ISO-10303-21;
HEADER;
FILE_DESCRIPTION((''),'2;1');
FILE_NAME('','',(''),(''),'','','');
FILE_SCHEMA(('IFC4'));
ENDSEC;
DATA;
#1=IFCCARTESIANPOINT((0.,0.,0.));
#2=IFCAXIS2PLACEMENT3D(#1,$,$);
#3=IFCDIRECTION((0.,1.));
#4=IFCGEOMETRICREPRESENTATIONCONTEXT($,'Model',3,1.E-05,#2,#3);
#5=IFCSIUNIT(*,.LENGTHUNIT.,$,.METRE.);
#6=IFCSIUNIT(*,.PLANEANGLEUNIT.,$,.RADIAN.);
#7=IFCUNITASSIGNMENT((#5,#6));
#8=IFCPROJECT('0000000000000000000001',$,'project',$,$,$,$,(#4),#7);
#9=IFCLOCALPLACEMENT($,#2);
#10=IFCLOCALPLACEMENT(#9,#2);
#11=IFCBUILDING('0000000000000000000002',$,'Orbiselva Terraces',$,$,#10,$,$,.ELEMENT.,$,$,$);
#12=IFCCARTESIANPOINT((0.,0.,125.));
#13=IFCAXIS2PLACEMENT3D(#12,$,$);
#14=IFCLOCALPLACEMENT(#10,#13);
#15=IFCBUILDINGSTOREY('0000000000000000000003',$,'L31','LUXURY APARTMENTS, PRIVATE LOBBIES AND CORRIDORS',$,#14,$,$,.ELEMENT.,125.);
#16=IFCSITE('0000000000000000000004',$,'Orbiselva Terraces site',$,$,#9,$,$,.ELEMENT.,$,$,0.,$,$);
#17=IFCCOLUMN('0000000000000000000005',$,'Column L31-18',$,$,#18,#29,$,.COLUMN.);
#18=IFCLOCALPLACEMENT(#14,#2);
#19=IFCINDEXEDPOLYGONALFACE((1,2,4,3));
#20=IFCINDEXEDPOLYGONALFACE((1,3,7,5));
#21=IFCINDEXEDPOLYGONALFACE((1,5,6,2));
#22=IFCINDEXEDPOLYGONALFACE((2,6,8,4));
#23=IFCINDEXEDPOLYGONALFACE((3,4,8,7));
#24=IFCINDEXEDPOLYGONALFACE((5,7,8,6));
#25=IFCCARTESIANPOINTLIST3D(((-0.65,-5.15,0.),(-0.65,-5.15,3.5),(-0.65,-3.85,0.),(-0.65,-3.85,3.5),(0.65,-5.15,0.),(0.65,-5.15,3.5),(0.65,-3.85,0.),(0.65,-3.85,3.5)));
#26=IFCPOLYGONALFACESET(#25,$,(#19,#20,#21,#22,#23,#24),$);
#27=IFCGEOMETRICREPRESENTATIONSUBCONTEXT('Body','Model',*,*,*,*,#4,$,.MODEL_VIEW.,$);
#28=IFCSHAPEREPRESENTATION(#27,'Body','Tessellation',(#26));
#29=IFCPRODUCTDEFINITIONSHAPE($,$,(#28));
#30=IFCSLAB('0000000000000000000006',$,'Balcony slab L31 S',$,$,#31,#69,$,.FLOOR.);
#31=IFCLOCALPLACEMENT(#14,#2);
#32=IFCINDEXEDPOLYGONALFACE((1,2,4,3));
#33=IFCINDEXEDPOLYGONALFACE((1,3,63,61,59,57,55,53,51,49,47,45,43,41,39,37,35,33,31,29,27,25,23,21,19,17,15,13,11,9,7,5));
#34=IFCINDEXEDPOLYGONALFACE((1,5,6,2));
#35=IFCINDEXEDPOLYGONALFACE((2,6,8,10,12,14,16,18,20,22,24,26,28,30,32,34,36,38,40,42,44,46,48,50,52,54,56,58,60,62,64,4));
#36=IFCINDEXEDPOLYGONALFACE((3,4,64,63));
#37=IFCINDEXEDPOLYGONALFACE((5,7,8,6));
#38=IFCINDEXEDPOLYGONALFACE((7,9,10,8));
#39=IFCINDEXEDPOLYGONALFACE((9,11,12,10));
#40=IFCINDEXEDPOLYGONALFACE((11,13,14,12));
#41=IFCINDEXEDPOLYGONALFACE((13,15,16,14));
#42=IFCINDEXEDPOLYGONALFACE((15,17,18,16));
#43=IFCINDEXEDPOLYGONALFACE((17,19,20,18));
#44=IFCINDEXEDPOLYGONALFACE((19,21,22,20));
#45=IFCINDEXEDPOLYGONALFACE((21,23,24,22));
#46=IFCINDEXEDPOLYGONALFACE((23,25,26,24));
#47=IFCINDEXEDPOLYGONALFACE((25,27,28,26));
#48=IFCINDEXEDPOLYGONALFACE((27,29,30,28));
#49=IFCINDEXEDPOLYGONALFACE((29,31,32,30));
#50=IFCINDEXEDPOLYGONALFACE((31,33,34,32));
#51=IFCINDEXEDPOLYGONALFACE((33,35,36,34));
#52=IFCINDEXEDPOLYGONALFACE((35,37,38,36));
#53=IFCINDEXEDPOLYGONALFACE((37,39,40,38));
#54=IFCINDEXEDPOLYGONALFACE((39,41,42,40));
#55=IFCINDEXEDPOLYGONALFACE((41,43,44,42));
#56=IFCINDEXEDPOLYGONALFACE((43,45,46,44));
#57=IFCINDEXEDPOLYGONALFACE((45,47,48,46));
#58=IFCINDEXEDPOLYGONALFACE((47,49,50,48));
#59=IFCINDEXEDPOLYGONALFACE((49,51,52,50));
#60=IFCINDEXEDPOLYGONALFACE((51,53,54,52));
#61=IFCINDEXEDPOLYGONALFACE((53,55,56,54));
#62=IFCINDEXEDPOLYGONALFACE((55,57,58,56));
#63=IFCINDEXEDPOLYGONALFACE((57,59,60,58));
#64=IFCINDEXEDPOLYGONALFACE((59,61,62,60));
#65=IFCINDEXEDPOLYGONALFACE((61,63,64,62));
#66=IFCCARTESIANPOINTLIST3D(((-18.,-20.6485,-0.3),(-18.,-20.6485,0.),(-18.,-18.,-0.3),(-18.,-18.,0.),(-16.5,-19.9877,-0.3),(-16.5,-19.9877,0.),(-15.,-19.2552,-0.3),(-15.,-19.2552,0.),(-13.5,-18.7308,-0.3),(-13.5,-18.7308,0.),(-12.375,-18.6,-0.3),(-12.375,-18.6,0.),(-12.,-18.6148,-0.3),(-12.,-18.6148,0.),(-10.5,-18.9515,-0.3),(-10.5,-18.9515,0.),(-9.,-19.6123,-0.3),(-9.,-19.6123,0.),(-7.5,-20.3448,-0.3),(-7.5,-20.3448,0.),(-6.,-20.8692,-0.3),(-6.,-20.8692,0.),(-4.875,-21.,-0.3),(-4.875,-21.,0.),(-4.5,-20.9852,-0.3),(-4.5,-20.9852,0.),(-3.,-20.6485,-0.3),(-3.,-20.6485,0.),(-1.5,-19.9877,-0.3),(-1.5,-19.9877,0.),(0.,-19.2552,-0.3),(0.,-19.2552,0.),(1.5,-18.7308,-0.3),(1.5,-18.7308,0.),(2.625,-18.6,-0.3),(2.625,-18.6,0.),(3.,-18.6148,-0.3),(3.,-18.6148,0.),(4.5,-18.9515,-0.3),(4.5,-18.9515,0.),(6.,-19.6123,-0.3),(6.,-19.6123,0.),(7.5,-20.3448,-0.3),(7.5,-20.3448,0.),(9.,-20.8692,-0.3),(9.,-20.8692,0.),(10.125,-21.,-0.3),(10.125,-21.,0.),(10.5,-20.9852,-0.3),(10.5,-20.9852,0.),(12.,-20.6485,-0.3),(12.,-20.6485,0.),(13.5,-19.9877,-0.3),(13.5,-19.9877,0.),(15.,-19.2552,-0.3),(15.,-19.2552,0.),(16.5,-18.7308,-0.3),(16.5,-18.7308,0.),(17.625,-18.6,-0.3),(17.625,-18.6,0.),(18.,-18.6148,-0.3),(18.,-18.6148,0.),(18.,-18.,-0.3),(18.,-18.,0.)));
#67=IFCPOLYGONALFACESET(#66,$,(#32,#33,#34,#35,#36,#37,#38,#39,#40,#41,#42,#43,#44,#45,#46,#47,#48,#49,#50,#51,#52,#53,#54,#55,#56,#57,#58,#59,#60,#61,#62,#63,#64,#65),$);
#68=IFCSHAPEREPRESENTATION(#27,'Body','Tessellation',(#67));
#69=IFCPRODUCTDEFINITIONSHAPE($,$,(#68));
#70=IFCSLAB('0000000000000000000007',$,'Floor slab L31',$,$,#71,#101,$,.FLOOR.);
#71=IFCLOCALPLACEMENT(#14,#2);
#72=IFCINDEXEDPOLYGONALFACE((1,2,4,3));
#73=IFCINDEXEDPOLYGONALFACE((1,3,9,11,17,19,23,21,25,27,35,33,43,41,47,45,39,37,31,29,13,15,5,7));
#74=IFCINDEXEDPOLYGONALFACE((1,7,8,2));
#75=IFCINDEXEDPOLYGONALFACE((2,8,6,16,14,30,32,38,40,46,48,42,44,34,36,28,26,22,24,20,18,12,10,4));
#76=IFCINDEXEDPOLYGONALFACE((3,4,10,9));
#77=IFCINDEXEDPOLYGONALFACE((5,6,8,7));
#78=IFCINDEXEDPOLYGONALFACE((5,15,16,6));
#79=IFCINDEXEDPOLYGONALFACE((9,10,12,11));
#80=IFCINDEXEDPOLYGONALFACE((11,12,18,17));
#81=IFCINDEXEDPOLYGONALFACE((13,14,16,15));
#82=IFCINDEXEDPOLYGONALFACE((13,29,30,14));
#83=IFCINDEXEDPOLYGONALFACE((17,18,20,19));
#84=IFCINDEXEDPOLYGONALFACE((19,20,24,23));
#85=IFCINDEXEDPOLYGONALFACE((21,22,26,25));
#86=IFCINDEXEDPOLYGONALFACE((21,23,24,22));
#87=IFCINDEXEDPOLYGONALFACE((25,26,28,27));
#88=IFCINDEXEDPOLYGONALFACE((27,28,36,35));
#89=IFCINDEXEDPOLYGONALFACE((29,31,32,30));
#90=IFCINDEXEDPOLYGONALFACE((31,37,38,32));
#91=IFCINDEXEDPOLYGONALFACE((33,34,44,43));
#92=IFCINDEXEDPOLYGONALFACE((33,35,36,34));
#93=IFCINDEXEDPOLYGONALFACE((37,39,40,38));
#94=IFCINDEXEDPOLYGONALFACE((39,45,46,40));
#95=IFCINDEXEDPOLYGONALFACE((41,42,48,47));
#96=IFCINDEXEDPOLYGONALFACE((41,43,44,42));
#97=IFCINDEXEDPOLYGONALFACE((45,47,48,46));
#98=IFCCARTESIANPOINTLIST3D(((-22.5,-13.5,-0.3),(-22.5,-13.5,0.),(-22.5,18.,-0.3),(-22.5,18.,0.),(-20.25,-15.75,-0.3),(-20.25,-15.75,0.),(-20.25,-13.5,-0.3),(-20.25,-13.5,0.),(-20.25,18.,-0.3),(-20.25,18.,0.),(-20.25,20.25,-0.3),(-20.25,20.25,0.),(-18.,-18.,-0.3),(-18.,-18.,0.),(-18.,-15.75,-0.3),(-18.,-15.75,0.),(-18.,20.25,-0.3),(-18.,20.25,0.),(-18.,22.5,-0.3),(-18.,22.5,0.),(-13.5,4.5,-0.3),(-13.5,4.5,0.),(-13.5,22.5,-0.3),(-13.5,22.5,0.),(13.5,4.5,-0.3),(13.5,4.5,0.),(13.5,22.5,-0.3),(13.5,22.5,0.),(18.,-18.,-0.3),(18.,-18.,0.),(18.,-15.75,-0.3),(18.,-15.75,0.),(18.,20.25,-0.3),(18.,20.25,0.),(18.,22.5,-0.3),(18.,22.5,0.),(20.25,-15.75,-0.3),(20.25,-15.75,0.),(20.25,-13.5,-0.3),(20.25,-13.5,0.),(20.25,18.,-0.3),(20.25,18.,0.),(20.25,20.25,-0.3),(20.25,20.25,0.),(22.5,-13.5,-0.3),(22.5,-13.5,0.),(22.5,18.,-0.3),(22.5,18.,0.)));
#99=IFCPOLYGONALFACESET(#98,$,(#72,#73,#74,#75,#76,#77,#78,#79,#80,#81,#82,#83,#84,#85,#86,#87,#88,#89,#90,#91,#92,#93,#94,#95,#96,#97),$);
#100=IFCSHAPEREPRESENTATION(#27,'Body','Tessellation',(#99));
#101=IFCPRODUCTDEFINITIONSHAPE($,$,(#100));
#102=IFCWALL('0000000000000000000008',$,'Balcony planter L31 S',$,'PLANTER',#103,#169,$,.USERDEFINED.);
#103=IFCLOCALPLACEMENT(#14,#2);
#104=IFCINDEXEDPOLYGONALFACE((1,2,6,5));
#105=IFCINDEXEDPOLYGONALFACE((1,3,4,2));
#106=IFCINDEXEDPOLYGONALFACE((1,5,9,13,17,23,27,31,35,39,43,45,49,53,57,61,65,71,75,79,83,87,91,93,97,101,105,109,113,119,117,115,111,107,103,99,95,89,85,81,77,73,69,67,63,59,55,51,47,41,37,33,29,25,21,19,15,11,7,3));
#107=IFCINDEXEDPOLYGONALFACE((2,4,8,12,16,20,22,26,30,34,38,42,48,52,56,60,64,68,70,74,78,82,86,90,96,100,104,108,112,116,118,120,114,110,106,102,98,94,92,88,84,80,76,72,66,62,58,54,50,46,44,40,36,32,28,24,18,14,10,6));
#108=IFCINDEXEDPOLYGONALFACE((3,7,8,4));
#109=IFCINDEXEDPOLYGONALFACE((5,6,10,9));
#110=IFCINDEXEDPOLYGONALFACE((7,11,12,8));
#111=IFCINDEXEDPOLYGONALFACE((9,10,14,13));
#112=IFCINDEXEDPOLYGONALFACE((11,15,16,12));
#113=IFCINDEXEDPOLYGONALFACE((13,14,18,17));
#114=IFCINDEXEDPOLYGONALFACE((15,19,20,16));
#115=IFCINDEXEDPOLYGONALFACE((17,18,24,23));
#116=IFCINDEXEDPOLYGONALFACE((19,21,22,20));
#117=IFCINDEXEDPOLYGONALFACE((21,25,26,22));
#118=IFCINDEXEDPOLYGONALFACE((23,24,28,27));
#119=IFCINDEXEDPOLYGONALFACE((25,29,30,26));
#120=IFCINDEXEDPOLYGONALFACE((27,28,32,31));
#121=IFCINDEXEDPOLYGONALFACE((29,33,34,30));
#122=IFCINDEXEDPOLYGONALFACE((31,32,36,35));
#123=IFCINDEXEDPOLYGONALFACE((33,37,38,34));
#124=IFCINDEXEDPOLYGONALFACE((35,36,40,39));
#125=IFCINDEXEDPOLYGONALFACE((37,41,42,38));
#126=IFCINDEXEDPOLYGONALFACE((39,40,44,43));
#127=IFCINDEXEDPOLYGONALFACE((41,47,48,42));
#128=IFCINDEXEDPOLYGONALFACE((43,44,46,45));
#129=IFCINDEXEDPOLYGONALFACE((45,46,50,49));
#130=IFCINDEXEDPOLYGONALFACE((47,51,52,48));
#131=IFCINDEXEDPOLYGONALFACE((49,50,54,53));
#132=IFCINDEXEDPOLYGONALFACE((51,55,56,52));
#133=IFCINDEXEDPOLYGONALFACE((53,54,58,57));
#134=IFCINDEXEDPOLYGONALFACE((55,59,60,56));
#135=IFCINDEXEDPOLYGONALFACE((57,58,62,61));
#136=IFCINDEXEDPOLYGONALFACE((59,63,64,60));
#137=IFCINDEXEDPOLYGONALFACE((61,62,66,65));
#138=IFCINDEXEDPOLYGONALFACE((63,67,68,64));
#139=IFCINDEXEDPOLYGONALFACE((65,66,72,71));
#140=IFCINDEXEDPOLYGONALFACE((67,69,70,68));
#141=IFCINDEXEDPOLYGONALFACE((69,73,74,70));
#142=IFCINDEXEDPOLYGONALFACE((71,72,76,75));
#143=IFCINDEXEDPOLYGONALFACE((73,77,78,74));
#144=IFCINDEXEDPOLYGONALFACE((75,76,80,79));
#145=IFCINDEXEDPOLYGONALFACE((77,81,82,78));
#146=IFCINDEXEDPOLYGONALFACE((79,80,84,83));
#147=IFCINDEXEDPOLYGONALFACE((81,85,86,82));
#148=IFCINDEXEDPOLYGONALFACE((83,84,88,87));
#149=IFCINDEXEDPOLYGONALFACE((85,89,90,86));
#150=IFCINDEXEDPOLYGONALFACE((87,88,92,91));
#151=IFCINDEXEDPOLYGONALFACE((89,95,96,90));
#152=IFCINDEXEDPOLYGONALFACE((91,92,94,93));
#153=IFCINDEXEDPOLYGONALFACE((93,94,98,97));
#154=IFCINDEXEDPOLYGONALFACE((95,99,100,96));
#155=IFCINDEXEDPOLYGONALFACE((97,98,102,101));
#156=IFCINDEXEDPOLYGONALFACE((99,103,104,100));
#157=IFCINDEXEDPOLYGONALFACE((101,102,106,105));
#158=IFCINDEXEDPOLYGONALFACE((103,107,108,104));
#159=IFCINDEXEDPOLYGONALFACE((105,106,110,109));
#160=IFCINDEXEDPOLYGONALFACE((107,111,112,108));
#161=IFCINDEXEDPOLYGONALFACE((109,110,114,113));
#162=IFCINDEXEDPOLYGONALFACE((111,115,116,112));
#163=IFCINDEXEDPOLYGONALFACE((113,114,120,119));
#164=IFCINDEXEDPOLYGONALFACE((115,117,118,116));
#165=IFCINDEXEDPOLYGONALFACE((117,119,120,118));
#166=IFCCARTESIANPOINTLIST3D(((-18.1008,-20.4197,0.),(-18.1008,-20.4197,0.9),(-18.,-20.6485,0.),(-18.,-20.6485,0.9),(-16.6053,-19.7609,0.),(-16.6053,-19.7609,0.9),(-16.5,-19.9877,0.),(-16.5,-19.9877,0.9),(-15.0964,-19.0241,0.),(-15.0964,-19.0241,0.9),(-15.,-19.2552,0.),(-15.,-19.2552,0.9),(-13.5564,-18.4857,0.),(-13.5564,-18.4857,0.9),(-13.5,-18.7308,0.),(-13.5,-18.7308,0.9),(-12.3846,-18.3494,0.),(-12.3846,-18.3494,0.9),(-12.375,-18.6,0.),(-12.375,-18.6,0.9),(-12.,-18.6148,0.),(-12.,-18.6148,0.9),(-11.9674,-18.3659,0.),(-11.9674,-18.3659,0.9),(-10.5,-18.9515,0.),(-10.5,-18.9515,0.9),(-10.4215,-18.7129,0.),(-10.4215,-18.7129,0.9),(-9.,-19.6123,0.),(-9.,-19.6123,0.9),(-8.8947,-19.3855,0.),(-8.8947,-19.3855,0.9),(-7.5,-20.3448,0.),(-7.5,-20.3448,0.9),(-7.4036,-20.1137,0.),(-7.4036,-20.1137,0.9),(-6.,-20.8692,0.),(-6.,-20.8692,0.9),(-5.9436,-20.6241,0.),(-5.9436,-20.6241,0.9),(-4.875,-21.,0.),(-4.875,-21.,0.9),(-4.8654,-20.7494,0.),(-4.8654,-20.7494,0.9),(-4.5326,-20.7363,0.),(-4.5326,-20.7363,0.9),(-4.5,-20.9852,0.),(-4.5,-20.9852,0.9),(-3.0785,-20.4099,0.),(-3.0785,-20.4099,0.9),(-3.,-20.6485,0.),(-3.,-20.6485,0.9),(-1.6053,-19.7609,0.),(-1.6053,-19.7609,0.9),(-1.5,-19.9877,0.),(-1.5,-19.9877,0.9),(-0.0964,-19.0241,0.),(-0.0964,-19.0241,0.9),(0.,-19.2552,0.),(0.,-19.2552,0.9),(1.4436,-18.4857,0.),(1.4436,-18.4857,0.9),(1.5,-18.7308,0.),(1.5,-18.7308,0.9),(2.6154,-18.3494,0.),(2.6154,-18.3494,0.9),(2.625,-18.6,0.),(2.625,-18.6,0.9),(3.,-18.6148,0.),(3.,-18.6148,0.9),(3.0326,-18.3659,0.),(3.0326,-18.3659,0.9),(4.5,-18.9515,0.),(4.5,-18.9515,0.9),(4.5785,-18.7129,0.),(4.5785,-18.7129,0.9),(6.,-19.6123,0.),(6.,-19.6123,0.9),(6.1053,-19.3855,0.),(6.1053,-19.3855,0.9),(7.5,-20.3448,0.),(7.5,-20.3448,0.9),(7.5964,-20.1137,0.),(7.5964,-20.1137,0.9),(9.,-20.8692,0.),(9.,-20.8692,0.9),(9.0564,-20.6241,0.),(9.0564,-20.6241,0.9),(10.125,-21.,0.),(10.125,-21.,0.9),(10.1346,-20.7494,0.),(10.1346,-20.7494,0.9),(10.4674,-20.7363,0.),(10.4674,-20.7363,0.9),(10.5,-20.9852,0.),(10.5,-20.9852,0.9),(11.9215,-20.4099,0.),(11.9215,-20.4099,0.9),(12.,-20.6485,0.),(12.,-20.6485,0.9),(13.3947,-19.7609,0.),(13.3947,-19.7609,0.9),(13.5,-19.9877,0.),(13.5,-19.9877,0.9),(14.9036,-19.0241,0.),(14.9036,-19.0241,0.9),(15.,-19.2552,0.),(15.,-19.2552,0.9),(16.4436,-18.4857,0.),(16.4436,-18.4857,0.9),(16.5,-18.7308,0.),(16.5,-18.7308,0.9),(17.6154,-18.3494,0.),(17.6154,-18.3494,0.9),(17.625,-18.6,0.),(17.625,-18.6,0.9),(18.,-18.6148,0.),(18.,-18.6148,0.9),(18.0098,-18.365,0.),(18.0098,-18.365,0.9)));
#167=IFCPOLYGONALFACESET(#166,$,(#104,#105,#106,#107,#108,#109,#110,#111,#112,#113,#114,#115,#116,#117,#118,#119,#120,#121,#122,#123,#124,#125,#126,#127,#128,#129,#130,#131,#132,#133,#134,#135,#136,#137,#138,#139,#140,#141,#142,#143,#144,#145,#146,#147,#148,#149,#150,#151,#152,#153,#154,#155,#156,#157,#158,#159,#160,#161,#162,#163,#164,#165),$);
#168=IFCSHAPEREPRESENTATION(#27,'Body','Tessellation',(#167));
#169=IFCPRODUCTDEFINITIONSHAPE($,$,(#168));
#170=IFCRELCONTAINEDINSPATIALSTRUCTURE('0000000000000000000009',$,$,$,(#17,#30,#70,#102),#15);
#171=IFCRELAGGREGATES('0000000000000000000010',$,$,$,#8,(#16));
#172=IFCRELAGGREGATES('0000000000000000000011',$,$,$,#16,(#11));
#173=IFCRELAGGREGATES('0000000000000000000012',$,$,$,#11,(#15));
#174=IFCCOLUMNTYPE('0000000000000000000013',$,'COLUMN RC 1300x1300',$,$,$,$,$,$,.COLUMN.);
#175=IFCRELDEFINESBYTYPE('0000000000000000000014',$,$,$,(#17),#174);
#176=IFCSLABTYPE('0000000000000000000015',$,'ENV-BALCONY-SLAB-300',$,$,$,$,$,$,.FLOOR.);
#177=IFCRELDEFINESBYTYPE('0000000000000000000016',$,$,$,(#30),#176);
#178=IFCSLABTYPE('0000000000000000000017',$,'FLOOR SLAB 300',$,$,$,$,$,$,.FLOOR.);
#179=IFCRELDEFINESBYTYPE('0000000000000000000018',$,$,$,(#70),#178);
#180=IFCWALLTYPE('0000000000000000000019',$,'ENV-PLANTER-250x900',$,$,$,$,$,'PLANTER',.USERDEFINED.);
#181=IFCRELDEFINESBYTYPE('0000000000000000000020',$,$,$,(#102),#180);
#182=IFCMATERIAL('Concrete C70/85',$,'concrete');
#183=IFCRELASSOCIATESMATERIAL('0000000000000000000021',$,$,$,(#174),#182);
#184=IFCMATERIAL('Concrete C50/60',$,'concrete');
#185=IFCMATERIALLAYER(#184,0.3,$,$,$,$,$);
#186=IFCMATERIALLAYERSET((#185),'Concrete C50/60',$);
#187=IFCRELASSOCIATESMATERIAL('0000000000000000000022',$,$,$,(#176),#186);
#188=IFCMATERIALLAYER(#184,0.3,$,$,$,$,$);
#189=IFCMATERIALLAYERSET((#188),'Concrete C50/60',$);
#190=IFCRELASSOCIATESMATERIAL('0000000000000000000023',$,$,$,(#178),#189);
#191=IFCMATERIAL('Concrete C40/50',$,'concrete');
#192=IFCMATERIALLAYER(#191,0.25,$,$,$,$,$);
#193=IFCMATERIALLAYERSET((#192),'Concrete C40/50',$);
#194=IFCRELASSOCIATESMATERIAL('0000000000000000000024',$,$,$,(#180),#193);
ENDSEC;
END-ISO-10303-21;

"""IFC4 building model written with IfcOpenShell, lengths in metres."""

from ifc_helpers import new_model, si_unit, direction, frame, origin, origin_2d, place, context, subcontext, project, spatial, polyline, rectangle, outline, extrude, material, layer, layer_set, material_profile, profile_set, type_object, element, save


model = new_model("IFC4")

# Units and contexts
model_context = context("Model", 3, precision=1e-05, world=origin(), true_north=direction((0.0, 1.0)))
body_context = subcontext(model_context, "Body", "Model", "MODEL_VIEW")
ifc_project = project(units=[si_unit("LENGTHUNIT", "METRE"), si_unit("PLANEANGLEUNIT", "RADIAN")], contexts=[model_context])

# Site, building, storey
site_placement = place(None, origin())
site = spatial("IfcSite", under=ifc_project, at=site_placement, Name="Orbiselva Terraces site", CompositionType="ELEMENT", RefElevation=0.0)
building_placement = place(site_placement, origin())
building = spatial("IfcBuilding", under=site, at=building_placement, Name="Orbiselva Terraces", CompositionType="ELEMENT")
storey_placement = place(building_placement, frame((0.0, 0.0, 125.0)))
storey = spatial("IfcBuildingStorey", under=building, at=storey_placement, Name="L31", Description="LUXURY APARTMENTS, PRIVATE LOBBIES AND CORRIDORS", CompositionType="ELEMENT", Elevation=125.0)

# Column
ifc_material_1 = material(Name="Concrete C70/85", Category="concrete")
ifc_material_profile = material_profile(ifc_material_1, rectangle(XDim=1.3, YDim=1.3, at=origin_2d()), Name="RC 1300x1300")
ifc_profile_set = profile_set([ifc_material_profile], Name="Concrete C70/85")
column_type = type_object("IfcColumnType", Name="COLUMN RC 1300x1300", PredefinedType="COLUMN", material=ifc_profile_set)
column_placement = place(storey_placement, frame((0.0, -4.5, 0.0), z_axis=(0.0, 0.0, 1.0), x_axis=(1.0, 0.0, 0.0)))
element("IfcColumn", 1, at=column_placement, inside=storey, type_object=column_type, Name="Column L31-18", PredefinedType="COLUMN", context=body_context, shape_type="SweptSolid", body=[
    extrude(rectangle(XDim=1.3, YDim=1.3, at=origin_2d()), origin(), (0.0, 0.0, 1.0), 3.5),
])

# Slabs
ifc_material_2 = material(Name="Concrete C50/60", Category="concrete")
ifc_layer_1 = layer(ifc_material_2, 0.3)
ifc_layer_set_1 = layer_set([ifc_layer_1], Name="Concrete C50/60")
slab_type_1 = type_object("IfcSlabType", Name="ENV-BALCONY-SLAB-300", PredefinedType="FLOOR", material=ifc_layer_set_1)
slab_1_placement = place(storey_placement, frame((0.0, 0.0, -0.3)))
element("IfcSlab", 2, at=slab_1_placement, inside=storey, type_object=slab_type_1, Name="Balcony slab L31 S", PredefinedType="FLOOR", context=body_context, shape_type="SweptSolid", body=[
    extrude(outline(polyline([(-18.0, -20.6485), (-16.5, -19.9877), (-15.0, -19.2552), (-13.5, -18.7308), (-12.375, -18.6), (-12.0, -18.6148), (-10.5, -18.9515), (-9.0, -19.6123), (-7.5, -20.3448), (-6.0, -20.8692), (-4.875, -21.0), (-4.5, -20.9852), (-3.0, -20.6485), (-1.5, -19.9877), (0.0, -19.2552), (1.5, -18.7308), (2.625, -18.6), (3.0, -18.6148), (4.5, -18.9515), (6.0, -19.6123), (7.5, -20.3448), (9.0, -20.8692), (10.125, -21.0), (10.5, -20.9852), (12.0, -20.6485), (13.5, -19.9877), (15.0, -19.2552), (16.5, -18.7308), (17.625, -18.6), (18.0, -18.6148), (18.0, -18.0), (-18.0, -18.0), (-18.0, -20.6485)])), origin(), (0.0, 0.0, 1.0), 0.3),
])
ifc_layer_2 = layer(ifc_material_2, 0.3)
ifc_layer_set_2 = layer_set([ifc_layer_2], Name="Concrete C50/60")
slab_type_2 = type_object("IfcSlabType", Name="FLOOR SLAB 300", PredefinedType="FLOOR", material=ifc_layer_set_2)
slab_2_placement = place(storey_placement, frame((0.0, 0.0, -0.3)))
element("IfcSlab", 3, at=slab_2_placement, inside=storey, type_object=slab_type_2, Name="Floor slab L31", PredefinedType="FLOOR", context=body_context, shape_type="SweptSolid", body=[
    extrude(outline(polyline([(18.0, 22.5), (18.0, 20.25), (20.25, 20.25), (20.25, 18.0), (22.5, 18.0), (22.5, -13.5), (20.25, -13.5), (20.25, -15.75), (18.0, -15.75), (18.0, -18.0), (-18.0, -18.0), (-18.0, -15.75), (-20.25, -15.75), (-20.25, -13.5), (-22.5, -13.5), (-22.5, 18.0), (-20.25, 18.0), (-20.25, 20.25), (-18.0, 20.25), (-18.0, 22.5), (-13.5, 22.5), (-13.5, 4.5), (13.5, 4.5), (13.5, 22.5), (18.0, 22.5)])), origin(), (0.0, 0.0, 1.0), 0.3),
])

# Wall
ifc_material_3 = material(Name="Concrete C40/50", Category="concrete")
ifc_layer_3 = layer(ifc_material_3, 0.25)
ifc_layer_set_3 = layer_set([ifc_layer_3], Name="Concrete C40/50")
wall_type_1 = type_object("IfcWallType", Name="ENV-PLANTER-250x900", ElementType="PLANTER", PredefinedType="USERDEFINED", material=ifc_layer_set_3)
wall_1_placement = place(storey_placement, origin())
element("IfcWall", 4, at=wall_1_placement, inside=storey, type_object=wall_type_1, Name="Balcony planter L31 S", ObjectType="PLANTER", PredefinedType="USERDEFINED", context=body_context, shape_type="SweptSolid", body=[
    extrude(outline(polyline([(-18.0, -20.6485), (-16.5, -19.9877), (-15.0, -19.2552), (-13.5, -18.7308), (-12.375, -18.6), (-12.0, -18.6148), (-10.5, -18.9515), (-9.0, -19.6123), (-7.5, -20.3448), (-6.0, -20.8692), (-4.875, -21.0), (-4.5, -20.9852), (-3.0, -20.6485), (-1.5, -19.9877), (0.0, -19.2552), (1.5, -18.7308), (2.625, -18.6), (3.0, -18.6148), (4.5, -18.9515), (6.0, -19.6123), (7.5, -20.3448), (9.0, -20.8692), (10.125, -21.0), (10.5, -20.9852), (12.0, -20.6485), (13.5, -19.9877), (15.0, -19.2552), (16.5, -18.7308), (17.625, -18.6), (18.0, -18.6148), (18.0098, -18.365), (17.6154, -18.3494), (16.4436, -18.4857), (14.9036, -19.0241), (13.3947, -19.7609), (11.9215, -20.4099), (10.4674, -20.7363), (10.1346, -20.7494), (9.0564, -20.6241), (7.5964, -20.1137), (6.1053, -19.3855), (4.5785, -18.7129), (3.0326, -18.3659), (2.6154, -18.3494), (1.4436, -18.4857), (-0.0964, -19.0241), (-1.6053, -19.7609), (-3.0785, -20.4099), (-4.5326, -20.7363), (-4.8654, -20.7494), (-5.9436, -20.6241), (-7.4036, -20.1137), (-8.8947, -19.3855), (-10.4215, -18.7129), (-11.9674, -18.3659), (-12.3846, -18.3494), (-13.5564, -18.4857), (-15.0964, -19.0241), (-16.6053, -19.7609), (-18.1008, -20.4197), (-18.0, -20.6485)])), origin(), (0.0, 0.0, 1.0), 0.9),
])

save(model, "model.ifc")
